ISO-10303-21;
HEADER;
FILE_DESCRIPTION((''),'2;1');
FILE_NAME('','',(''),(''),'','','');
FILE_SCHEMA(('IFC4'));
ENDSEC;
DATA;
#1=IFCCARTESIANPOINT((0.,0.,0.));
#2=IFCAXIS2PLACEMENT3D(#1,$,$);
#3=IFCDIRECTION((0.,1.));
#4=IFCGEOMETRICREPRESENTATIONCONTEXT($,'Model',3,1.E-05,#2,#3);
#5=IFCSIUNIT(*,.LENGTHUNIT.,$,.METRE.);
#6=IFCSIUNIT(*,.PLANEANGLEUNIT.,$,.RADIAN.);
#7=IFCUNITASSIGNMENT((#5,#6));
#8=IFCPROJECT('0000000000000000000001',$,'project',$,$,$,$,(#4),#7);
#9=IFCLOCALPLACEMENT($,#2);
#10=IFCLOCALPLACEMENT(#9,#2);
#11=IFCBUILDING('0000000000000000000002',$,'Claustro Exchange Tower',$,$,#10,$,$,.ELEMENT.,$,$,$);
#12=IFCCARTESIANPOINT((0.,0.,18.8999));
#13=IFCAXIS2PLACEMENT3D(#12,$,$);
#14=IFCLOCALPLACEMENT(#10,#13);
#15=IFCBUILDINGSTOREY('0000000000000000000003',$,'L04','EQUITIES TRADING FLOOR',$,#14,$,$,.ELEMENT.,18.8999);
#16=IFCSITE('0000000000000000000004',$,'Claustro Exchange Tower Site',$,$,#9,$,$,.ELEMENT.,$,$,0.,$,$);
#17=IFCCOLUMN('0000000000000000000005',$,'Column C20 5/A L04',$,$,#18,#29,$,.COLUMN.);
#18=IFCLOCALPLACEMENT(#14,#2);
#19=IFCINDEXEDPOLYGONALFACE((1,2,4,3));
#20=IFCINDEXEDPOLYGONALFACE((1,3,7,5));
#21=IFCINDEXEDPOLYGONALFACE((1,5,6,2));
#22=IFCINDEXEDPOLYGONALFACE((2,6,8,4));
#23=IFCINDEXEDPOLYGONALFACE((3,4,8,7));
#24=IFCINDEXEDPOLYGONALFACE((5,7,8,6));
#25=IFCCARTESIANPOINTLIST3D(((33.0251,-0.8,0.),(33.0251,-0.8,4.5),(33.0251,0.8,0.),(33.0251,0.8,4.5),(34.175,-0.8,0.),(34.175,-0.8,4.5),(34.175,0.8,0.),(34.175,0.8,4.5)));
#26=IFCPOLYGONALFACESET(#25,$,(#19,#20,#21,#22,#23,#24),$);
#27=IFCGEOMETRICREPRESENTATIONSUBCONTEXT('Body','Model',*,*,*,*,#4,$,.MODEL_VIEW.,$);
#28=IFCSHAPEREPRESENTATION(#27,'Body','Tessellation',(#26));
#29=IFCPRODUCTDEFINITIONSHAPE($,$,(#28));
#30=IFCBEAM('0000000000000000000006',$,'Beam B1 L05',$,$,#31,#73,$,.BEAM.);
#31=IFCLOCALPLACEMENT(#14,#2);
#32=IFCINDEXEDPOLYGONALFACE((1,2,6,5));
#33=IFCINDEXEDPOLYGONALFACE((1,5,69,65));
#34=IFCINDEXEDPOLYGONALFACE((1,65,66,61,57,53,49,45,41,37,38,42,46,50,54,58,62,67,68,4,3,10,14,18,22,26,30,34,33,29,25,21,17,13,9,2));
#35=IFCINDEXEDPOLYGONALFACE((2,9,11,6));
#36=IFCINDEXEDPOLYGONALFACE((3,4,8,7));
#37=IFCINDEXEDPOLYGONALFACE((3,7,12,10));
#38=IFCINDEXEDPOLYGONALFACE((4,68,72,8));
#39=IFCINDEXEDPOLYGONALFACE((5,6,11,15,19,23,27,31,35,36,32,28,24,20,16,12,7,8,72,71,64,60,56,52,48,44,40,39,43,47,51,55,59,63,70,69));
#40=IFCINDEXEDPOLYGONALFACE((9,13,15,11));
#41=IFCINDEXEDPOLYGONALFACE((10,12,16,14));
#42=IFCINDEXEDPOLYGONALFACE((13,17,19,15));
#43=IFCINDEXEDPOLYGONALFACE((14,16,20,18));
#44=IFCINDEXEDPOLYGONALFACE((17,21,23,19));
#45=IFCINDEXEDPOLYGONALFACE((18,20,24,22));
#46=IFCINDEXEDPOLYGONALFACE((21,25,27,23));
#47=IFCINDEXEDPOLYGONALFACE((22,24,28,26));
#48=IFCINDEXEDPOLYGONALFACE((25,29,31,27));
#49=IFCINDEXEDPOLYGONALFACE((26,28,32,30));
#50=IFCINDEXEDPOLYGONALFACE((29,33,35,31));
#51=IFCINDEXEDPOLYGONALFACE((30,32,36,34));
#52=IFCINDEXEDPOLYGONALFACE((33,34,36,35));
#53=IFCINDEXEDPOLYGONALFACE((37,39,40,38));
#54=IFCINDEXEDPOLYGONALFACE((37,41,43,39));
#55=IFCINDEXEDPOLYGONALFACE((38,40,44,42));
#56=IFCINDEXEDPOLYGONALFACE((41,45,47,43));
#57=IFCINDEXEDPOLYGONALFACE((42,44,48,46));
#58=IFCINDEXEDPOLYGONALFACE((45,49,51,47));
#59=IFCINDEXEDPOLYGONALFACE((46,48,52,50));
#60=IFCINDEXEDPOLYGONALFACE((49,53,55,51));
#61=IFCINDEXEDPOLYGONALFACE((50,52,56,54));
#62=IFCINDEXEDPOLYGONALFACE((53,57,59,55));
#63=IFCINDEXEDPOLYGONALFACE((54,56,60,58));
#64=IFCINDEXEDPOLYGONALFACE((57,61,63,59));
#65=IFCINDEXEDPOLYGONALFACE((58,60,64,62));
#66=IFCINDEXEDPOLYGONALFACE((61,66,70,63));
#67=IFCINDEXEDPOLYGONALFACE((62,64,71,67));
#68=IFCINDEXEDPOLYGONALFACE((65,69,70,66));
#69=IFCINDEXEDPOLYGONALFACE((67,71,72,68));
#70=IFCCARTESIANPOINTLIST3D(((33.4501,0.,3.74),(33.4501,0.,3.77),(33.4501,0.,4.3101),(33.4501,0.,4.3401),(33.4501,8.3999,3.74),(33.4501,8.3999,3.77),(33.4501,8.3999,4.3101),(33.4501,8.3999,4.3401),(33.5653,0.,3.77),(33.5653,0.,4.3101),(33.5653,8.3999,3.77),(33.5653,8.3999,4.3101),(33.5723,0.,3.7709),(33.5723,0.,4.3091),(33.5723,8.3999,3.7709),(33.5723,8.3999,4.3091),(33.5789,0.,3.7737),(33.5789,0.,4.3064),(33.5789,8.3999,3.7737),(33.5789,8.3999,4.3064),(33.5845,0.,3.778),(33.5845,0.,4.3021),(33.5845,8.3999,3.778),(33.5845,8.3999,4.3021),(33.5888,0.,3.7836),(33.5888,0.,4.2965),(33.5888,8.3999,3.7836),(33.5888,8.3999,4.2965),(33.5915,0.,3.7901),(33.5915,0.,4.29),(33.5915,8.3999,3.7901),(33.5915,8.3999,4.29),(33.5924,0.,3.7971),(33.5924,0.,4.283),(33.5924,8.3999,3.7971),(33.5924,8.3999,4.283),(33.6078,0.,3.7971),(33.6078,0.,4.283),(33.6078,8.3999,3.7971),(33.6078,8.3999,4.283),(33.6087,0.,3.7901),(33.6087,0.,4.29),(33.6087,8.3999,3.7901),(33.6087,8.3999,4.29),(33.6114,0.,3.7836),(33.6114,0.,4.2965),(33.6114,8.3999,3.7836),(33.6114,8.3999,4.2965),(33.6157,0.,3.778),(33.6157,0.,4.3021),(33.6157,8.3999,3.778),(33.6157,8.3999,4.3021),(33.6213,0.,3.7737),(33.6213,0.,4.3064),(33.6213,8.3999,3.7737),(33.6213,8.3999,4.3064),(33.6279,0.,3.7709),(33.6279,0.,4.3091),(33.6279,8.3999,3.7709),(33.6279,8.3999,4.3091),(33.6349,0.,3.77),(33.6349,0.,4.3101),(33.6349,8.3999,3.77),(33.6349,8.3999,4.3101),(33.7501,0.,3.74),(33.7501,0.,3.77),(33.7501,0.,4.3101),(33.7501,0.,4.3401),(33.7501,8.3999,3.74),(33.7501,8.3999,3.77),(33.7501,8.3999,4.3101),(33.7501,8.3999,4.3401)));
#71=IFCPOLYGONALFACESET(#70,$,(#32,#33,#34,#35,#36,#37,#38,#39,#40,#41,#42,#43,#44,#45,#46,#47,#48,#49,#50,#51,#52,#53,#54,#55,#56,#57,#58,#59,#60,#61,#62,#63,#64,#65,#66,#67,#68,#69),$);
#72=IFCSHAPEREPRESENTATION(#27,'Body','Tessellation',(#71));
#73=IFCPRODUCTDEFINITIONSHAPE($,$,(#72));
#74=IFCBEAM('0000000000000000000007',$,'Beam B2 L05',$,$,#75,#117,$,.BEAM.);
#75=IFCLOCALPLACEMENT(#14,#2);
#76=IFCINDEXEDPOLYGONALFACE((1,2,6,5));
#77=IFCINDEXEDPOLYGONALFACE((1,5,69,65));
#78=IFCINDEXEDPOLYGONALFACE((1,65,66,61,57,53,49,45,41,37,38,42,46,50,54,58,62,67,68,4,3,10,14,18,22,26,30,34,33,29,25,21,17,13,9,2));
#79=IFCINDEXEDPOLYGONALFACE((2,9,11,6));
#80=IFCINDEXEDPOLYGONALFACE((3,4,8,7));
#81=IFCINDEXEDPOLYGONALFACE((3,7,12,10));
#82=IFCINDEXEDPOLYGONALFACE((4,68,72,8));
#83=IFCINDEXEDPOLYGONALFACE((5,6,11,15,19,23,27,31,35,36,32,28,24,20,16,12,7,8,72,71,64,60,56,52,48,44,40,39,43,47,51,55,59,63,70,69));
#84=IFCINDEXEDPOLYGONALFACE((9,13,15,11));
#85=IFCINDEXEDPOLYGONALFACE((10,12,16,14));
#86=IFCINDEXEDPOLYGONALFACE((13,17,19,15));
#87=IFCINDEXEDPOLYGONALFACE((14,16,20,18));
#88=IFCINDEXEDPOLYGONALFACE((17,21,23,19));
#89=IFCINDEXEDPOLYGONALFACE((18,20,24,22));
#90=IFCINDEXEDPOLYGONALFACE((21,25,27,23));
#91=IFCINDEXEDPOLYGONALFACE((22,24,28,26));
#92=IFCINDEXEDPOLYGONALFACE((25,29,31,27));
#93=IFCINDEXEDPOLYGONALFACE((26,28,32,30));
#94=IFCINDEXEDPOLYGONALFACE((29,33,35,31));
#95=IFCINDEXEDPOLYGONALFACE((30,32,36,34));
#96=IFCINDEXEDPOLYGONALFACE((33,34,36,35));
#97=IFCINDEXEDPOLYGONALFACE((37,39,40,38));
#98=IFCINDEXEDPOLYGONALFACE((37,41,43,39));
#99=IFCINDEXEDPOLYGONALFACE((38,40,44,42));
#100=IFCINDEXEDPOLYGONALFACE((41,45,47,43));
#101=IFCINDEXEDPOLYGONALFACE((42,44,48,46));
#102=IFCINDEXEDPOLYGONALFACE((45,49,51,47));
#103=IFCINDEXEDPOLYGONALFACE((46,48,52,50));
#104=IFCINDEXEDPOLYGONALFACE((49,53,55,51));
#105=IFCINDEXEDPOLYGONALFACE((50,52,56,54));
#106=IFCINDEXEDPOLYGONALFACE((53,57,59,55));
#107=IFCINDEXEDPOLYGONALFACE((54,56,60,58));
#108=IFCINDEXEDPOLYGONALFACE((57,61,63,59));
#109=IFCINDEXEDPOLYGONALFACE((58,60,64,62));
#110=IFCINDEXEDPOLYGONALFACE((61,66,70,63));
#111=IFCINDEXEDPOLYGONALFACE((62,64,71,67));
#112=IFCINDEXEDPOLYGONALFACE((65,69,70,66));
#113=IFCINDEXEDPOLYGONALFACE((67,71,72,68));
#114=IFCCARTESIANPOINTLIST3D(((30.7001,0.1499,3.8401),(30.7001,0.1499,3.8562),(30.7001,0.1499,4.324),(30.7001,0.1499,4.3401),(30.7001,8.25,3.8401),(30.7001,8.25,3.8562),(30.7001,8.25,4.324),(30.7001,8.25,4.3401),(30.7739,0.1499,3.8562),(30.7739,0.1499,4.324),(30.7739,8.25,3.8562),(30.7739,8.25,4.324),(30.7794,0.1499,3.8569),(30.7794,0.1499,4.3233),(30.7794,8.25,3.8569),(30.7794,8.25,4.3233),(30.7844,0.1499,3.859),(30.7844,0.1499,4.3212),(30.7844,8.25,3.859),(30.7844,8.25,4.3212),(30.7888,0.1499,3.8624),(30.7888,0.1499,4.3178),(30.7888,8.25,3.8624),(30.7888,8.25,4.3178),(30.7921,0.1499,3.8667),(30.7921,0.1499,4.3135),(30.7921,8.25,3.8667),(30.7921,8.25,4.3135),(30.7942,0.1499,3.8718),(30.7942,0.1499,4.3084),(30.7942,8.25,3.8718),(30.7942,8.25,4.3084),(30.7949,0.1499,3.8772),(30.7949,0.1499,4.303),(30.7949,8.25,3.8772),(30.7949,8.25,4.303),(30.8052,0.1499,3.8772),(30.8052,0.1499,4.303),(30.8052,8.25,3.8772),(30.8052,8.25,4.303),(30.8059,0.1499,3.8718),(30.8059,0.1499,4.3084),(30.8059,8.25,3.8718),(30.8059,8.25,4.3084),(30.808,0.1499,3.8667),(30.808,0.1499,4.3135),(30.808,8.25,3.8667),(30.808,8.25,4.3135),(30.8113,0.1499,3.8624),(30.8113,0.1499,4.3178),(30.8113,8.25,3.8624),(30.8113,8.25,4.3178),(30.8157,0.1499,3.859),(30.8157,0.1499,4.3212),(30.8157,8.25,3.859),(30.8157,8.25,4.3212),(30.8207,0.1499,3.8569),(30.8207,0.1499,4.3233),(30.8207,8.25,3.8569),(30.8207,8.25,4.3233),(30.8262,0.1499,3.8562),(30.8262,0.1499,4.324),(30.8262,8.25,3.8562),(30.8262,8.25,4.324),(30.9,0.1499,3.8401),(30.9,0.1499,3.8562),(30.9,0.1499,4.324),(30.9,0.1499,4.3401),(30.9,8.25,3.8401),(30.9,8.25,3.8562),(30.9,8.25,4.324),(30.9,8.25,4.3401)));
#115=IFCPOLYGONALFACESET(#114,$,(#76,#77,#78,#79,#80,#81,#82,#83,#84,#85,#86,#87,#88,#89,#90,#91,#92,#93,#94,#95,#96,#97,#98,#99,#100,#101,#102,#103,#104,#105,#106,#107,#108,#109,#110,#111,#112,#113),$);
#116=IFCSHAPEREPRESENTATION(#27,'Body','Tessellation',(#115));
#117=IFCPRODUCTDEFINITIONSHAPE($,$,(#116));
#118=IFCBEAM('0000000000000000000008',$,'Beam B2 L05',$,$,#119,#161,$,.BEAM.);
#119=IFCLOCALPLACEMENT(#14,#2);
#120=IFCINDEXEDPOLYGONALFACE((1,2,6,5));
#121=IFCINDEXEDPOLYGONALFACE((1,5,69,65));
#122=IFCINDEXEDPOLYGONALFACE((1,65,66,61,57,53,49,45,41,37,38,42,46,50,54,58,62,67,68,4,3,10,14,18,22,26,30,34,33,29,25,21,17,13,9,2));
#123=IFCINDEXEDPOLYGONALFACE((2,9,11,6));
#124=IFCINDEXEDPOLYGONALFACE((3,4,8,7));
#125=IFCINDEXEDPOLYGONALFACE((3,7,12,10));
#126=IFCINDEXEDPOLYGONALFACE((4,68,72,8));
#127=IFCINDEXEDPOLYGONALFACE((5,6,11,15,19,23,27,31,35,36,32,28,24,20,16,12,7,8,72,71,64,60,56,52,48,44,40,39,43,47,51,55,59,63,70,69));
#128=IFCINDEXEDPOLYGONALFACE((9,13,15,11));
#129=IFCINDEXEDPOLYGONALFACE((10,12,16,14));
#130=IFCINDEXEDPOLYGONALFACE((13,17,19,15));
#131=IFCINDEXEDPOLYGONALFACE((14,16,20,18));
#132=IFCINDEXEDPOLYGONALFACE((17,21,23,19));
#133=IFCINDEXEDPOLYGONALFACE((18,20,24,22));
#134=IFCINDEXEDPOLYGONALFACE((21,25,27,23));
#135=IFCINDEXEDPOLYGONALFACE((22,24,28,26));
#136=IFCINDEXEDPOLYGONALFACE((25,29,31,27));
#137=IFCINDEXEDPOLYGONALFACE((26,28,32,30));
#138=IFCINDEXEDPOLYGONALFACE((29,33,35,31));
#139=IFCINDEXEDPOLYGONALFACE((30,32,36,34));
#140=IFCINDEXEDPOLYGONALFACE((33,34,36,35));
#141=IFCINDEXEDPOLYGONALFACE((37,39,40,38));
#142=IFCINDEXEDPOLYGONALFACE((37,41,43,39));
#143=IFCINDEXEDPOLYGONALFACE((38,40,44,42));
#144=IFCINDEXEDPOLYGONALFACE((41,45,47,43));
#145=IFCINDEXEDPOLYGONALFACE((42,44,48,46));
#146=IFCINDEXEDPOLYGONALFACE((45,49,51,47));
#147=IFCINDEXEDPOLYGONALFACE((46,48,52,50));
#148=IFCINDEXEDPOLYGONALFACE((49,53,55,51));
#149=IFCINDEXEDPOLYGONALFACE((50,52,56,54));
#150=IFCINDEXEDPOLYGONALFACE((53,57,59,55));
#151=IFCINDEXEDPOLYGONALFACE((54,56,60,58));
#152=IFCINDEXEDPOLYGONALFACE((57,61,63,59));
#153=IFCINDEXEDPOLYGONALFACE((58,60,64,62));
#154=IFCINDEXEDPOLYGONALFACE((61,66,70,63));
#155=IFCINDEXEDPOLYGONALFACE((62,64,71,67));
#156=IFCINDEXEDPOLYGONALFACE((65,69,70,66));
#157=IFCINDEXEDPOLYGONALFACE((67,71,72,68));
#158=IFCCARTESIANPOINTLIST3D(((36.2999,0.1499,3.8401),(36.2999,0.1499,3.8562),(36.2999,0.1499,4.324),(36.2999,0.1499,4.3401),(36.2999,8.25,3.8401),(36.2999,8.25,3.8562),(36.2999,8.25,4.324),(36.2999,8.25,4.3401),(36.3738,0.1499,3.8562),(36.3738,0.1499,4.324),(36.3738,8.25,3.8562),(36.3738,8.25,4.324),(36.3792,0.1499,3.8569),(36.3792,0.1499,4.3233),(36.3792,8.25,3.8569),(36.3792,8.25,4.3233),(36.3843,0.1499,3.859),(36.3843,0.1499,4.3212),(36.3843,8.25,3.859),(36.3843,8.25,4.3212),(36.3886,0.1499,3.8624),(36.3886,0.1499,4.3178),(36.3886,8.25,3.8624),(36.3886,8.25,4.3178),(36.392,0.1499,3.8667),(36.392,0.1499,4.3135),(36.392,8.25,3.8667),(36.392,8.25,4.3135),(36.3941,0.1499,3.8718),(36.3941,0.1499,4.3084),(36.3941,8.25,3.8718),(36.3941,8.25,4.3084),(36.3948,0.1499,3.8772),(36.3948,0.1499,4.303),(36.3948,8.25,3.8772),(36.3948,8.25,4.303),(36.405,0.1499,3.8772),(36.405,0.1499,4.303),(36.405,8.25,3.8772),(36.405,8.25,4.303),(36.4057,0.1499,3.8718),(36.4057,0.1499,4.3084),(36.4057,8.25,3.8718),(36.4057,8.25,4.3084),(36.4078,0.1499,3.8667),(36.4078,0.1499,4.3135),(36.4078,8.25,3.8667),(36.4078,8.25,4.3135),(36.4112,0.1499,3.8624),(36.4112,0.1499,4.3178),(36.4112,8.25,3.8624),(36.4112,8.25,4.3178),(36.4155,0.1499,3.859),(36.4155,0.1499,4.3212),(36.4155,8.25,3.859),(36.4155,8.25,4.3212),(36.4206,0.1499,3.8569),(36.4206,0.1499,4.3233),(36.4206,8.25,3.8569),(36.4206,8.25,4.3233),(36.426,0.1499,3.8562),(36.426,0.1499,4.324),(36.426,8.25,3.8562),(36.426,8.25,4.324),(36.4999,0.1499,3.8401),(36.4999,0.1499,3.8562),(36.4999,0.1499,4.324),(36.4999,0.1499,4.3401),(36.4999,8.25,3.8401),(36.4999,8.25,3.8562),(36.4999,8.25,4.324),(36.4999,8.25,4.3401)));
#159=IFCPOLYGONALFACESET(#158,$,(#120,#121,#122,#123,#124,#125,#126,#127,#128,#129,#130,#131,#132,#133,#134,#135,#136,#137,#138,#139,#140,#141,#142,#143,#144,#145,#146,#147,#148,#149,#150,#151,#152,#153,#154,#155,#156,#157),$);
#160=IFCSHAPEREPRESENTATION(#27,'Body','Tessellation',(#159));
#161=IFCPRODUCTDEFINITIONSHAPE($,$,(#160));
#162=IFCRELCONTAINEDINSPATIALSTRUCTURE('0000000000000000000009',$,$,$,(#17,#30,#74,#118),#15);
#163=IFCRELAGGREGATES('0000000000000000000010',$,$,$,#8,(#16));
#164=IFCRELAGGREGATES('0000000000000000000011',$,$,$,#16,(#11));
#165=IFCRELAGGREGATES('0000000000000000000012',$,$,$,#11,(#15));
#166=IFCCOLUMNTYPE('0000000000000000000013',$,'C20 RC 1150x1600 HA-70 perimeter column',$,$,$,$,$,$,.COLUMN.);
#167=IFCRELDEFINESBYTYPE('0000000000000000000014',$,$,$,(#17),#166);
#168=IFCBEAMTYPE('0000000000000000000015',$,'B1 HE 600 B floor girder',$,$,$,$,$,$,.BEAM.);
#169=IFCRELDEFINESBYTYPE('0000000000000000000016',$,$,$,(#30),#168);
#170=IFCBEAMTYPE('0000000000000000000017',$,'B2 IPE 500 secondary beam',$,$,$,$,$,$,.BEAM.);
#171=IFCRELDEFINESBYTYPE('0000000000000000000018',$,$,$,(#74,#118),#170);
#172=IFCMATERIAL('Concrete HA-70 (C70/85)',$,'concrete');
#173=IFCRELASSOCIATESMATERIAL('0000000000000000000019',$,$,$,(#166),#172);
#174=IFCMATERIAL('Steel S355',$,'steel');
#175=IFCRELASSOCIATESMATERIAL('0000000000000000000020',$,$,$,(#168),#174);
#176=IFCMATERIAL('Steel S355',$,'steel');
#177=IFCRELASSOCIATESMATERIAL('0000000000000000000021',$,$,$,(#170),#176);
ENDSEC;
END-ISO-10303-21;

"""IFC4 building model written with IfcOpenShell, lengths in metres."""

from ifc_helpers import new_model, si_unit, direction, frame, origin, origin_2d, place, context, subcontext, project, spatial, rectangle, i_section, extrude, material, material_profile, profile_set, type_object, element, save


model = new_model("IFC4")

# Units and contexts
model_context = context("Model", 3, precision=1e-05, world=origin(), true_north=direction((0.0, 1.0)))
body_context = subcontext(model_context, "Body", "Model", "MODEL_VIEW")
ifc_project = project(units=[si_unit("LENGTHUNIT", "METRE"), si_unit("PLANEANGLEUNIT", "RADIAN")], contexts=[model_context])

# Site, building, storey
site_placement = place(None, origin())
site = spatial("IfcSite", under=ifc_project, at=site_placement, Name="Claustro Exchange Tower Site", CompositionType="ELEMENT", RefElevation=0.0)
building_placement = place(site_placement, origin())
building = spatial("IfcBuilding", under=site, at=building_placement, Name="Claustro Exchange Tower", CompositionType="ELEMENT")
storey_placement = place(building_placement, frame((0.0, 0.0, 18.8999)))
storey = spatial("IfcBuildingStorey", under=building, at=storey_placement, Name="L04", Description="EQUITIES TRADING FLOOR", CompositionType="ELEMENT", Elevation=18.8999)

# Column
ifc_material_1 = material(Name="Concrete HA-70 (C70/85)", Category="concrete")
ifc_material_profile_1 = material_profile(ifc_material_1, rectangle(XDim=1.1499, YDim=1.6001, at=origin_2d()), Name="RC 1150x1600")
ifc_profile_set_1 = profile_set([ifc_material_profile_1], Name="Concrete HA-70 (C70/85)")
column_type = type_object("IfcColumnType", Name="C20 RC 1150x1600 HA-70 perimeter column", PredefinedType="COLUMN", material=ifc_profile_set_1)
column_placement = place(storey_placement, frame((33.6001, 0.0, 0.0), z_axis=(0.0, 0.0, 1.0), x_axis=(1.0, 0.0, 0.0)))
element("IfcColumn", 1, at=column_placement, inside=storey, type_object=column_type, Name="Column C20 5/A L04", PredefinedType="COLUMN", context=body_context, shape_type="SweptSolid", body=[
    extrude(rectangle(XDim=1.1499, YDim=1.6001, at=origin_2d()), origin(), (0.0, 0.0, 1.0), 4.5),
])

# Beams
ifc_material_2 = material(Name="Steel S355", Category="steel")
ifc_material_profile_2 = material_profile(ifc_material_2, i_section(OverallWidth=0.3, OverallDepth=0.6001, WebThickness=0.0154, FlangeThickness=0.03, FilletRadius=0.0271, at=origin_2d()), Name="HE 600 B")
ifc_profile_set_2 = profile_set([ifc_material_profile_2], Name="Steel S355")
beam_type_1 = type_object("IfcBeamType", Name="B1 HE 600 B floor girder", PredefinedType="BEAM", material=ifc_profile_set_2)
beam_1_placement = place(storey_placement, frame((33.6001, 0.0, 4.04), z_axis=(0.0, 1.0, 0.0), x_axis=(-1.0, 0.0, 0.0)))
element("IfcBeam", 2, at=beam_1_placement, inside=storey, type_object=beam_type_1, Name="Beam B1 L05", PredefinedType="BEAM", context=body_context, shape_type="SweptSolid", body=[
    extrude(i_section(OverallWidth=0.3, OverallDepth=0.6001, WebThickness=0.0154, FlangeThickness=0.03, FilletRadius=0.0271, at=origin_2d()), origin(), (0.0, 0.0, 1.0), 8.3999),
])
ifc_material_3 = material(Name="Steel S355", Category="steel")
ifc_material_profile_3 = material_profile(ifc_material_3, i_section(OverallWidth=0.2, OverallDepth=0.5, WebThickness=0.0103, FlangeThickness=0.0161, FilletRadius=0.021, at=origin_2d()), Name="IPE 500")
ifc_profile_set_3 = profile_set([ifc_material_profile_3], Name="Steel S355")
beam_type_2 = type_object("IfcBeamType", Name="B2 IPE 500 secondary beam", PredefinedType="BEAM", material=ifc_profile_set_3)
for number, where, z_axis, x_axis, name in (
    (3, (30.8, 0.1499, 4.0901), (0.0, 1.0, 0.0), (-1.0, 0.0, 0.0), "Beam B2 L05"),
    (4, (36.3999, 0.1499, 4.0901), (0.0, 1.0, 0.0), (-1.0, 0.0, 0.0), "Beam B2 L05"),
):
    element("IfcBeam", number, at=place(storey_placement, frame(where, z_axis=z_axis, x_axis=x_axis)), inside=storey, type_object=beam_type_2, Name=name, PredefinedType="BEAM", context=body_context, shape_type="SweptSolid", body=[
        extrude(i_section(OverallWidth=0.2, OverallDepth=0.5, WebThickness=0.0103, FlangeThickness=0.0161, FilletRadius=0.021, at=origin_2d()), origin(), (0.0, 0.0, 1.0), 8.1001),
    ])

save(model, "model.ifc")
